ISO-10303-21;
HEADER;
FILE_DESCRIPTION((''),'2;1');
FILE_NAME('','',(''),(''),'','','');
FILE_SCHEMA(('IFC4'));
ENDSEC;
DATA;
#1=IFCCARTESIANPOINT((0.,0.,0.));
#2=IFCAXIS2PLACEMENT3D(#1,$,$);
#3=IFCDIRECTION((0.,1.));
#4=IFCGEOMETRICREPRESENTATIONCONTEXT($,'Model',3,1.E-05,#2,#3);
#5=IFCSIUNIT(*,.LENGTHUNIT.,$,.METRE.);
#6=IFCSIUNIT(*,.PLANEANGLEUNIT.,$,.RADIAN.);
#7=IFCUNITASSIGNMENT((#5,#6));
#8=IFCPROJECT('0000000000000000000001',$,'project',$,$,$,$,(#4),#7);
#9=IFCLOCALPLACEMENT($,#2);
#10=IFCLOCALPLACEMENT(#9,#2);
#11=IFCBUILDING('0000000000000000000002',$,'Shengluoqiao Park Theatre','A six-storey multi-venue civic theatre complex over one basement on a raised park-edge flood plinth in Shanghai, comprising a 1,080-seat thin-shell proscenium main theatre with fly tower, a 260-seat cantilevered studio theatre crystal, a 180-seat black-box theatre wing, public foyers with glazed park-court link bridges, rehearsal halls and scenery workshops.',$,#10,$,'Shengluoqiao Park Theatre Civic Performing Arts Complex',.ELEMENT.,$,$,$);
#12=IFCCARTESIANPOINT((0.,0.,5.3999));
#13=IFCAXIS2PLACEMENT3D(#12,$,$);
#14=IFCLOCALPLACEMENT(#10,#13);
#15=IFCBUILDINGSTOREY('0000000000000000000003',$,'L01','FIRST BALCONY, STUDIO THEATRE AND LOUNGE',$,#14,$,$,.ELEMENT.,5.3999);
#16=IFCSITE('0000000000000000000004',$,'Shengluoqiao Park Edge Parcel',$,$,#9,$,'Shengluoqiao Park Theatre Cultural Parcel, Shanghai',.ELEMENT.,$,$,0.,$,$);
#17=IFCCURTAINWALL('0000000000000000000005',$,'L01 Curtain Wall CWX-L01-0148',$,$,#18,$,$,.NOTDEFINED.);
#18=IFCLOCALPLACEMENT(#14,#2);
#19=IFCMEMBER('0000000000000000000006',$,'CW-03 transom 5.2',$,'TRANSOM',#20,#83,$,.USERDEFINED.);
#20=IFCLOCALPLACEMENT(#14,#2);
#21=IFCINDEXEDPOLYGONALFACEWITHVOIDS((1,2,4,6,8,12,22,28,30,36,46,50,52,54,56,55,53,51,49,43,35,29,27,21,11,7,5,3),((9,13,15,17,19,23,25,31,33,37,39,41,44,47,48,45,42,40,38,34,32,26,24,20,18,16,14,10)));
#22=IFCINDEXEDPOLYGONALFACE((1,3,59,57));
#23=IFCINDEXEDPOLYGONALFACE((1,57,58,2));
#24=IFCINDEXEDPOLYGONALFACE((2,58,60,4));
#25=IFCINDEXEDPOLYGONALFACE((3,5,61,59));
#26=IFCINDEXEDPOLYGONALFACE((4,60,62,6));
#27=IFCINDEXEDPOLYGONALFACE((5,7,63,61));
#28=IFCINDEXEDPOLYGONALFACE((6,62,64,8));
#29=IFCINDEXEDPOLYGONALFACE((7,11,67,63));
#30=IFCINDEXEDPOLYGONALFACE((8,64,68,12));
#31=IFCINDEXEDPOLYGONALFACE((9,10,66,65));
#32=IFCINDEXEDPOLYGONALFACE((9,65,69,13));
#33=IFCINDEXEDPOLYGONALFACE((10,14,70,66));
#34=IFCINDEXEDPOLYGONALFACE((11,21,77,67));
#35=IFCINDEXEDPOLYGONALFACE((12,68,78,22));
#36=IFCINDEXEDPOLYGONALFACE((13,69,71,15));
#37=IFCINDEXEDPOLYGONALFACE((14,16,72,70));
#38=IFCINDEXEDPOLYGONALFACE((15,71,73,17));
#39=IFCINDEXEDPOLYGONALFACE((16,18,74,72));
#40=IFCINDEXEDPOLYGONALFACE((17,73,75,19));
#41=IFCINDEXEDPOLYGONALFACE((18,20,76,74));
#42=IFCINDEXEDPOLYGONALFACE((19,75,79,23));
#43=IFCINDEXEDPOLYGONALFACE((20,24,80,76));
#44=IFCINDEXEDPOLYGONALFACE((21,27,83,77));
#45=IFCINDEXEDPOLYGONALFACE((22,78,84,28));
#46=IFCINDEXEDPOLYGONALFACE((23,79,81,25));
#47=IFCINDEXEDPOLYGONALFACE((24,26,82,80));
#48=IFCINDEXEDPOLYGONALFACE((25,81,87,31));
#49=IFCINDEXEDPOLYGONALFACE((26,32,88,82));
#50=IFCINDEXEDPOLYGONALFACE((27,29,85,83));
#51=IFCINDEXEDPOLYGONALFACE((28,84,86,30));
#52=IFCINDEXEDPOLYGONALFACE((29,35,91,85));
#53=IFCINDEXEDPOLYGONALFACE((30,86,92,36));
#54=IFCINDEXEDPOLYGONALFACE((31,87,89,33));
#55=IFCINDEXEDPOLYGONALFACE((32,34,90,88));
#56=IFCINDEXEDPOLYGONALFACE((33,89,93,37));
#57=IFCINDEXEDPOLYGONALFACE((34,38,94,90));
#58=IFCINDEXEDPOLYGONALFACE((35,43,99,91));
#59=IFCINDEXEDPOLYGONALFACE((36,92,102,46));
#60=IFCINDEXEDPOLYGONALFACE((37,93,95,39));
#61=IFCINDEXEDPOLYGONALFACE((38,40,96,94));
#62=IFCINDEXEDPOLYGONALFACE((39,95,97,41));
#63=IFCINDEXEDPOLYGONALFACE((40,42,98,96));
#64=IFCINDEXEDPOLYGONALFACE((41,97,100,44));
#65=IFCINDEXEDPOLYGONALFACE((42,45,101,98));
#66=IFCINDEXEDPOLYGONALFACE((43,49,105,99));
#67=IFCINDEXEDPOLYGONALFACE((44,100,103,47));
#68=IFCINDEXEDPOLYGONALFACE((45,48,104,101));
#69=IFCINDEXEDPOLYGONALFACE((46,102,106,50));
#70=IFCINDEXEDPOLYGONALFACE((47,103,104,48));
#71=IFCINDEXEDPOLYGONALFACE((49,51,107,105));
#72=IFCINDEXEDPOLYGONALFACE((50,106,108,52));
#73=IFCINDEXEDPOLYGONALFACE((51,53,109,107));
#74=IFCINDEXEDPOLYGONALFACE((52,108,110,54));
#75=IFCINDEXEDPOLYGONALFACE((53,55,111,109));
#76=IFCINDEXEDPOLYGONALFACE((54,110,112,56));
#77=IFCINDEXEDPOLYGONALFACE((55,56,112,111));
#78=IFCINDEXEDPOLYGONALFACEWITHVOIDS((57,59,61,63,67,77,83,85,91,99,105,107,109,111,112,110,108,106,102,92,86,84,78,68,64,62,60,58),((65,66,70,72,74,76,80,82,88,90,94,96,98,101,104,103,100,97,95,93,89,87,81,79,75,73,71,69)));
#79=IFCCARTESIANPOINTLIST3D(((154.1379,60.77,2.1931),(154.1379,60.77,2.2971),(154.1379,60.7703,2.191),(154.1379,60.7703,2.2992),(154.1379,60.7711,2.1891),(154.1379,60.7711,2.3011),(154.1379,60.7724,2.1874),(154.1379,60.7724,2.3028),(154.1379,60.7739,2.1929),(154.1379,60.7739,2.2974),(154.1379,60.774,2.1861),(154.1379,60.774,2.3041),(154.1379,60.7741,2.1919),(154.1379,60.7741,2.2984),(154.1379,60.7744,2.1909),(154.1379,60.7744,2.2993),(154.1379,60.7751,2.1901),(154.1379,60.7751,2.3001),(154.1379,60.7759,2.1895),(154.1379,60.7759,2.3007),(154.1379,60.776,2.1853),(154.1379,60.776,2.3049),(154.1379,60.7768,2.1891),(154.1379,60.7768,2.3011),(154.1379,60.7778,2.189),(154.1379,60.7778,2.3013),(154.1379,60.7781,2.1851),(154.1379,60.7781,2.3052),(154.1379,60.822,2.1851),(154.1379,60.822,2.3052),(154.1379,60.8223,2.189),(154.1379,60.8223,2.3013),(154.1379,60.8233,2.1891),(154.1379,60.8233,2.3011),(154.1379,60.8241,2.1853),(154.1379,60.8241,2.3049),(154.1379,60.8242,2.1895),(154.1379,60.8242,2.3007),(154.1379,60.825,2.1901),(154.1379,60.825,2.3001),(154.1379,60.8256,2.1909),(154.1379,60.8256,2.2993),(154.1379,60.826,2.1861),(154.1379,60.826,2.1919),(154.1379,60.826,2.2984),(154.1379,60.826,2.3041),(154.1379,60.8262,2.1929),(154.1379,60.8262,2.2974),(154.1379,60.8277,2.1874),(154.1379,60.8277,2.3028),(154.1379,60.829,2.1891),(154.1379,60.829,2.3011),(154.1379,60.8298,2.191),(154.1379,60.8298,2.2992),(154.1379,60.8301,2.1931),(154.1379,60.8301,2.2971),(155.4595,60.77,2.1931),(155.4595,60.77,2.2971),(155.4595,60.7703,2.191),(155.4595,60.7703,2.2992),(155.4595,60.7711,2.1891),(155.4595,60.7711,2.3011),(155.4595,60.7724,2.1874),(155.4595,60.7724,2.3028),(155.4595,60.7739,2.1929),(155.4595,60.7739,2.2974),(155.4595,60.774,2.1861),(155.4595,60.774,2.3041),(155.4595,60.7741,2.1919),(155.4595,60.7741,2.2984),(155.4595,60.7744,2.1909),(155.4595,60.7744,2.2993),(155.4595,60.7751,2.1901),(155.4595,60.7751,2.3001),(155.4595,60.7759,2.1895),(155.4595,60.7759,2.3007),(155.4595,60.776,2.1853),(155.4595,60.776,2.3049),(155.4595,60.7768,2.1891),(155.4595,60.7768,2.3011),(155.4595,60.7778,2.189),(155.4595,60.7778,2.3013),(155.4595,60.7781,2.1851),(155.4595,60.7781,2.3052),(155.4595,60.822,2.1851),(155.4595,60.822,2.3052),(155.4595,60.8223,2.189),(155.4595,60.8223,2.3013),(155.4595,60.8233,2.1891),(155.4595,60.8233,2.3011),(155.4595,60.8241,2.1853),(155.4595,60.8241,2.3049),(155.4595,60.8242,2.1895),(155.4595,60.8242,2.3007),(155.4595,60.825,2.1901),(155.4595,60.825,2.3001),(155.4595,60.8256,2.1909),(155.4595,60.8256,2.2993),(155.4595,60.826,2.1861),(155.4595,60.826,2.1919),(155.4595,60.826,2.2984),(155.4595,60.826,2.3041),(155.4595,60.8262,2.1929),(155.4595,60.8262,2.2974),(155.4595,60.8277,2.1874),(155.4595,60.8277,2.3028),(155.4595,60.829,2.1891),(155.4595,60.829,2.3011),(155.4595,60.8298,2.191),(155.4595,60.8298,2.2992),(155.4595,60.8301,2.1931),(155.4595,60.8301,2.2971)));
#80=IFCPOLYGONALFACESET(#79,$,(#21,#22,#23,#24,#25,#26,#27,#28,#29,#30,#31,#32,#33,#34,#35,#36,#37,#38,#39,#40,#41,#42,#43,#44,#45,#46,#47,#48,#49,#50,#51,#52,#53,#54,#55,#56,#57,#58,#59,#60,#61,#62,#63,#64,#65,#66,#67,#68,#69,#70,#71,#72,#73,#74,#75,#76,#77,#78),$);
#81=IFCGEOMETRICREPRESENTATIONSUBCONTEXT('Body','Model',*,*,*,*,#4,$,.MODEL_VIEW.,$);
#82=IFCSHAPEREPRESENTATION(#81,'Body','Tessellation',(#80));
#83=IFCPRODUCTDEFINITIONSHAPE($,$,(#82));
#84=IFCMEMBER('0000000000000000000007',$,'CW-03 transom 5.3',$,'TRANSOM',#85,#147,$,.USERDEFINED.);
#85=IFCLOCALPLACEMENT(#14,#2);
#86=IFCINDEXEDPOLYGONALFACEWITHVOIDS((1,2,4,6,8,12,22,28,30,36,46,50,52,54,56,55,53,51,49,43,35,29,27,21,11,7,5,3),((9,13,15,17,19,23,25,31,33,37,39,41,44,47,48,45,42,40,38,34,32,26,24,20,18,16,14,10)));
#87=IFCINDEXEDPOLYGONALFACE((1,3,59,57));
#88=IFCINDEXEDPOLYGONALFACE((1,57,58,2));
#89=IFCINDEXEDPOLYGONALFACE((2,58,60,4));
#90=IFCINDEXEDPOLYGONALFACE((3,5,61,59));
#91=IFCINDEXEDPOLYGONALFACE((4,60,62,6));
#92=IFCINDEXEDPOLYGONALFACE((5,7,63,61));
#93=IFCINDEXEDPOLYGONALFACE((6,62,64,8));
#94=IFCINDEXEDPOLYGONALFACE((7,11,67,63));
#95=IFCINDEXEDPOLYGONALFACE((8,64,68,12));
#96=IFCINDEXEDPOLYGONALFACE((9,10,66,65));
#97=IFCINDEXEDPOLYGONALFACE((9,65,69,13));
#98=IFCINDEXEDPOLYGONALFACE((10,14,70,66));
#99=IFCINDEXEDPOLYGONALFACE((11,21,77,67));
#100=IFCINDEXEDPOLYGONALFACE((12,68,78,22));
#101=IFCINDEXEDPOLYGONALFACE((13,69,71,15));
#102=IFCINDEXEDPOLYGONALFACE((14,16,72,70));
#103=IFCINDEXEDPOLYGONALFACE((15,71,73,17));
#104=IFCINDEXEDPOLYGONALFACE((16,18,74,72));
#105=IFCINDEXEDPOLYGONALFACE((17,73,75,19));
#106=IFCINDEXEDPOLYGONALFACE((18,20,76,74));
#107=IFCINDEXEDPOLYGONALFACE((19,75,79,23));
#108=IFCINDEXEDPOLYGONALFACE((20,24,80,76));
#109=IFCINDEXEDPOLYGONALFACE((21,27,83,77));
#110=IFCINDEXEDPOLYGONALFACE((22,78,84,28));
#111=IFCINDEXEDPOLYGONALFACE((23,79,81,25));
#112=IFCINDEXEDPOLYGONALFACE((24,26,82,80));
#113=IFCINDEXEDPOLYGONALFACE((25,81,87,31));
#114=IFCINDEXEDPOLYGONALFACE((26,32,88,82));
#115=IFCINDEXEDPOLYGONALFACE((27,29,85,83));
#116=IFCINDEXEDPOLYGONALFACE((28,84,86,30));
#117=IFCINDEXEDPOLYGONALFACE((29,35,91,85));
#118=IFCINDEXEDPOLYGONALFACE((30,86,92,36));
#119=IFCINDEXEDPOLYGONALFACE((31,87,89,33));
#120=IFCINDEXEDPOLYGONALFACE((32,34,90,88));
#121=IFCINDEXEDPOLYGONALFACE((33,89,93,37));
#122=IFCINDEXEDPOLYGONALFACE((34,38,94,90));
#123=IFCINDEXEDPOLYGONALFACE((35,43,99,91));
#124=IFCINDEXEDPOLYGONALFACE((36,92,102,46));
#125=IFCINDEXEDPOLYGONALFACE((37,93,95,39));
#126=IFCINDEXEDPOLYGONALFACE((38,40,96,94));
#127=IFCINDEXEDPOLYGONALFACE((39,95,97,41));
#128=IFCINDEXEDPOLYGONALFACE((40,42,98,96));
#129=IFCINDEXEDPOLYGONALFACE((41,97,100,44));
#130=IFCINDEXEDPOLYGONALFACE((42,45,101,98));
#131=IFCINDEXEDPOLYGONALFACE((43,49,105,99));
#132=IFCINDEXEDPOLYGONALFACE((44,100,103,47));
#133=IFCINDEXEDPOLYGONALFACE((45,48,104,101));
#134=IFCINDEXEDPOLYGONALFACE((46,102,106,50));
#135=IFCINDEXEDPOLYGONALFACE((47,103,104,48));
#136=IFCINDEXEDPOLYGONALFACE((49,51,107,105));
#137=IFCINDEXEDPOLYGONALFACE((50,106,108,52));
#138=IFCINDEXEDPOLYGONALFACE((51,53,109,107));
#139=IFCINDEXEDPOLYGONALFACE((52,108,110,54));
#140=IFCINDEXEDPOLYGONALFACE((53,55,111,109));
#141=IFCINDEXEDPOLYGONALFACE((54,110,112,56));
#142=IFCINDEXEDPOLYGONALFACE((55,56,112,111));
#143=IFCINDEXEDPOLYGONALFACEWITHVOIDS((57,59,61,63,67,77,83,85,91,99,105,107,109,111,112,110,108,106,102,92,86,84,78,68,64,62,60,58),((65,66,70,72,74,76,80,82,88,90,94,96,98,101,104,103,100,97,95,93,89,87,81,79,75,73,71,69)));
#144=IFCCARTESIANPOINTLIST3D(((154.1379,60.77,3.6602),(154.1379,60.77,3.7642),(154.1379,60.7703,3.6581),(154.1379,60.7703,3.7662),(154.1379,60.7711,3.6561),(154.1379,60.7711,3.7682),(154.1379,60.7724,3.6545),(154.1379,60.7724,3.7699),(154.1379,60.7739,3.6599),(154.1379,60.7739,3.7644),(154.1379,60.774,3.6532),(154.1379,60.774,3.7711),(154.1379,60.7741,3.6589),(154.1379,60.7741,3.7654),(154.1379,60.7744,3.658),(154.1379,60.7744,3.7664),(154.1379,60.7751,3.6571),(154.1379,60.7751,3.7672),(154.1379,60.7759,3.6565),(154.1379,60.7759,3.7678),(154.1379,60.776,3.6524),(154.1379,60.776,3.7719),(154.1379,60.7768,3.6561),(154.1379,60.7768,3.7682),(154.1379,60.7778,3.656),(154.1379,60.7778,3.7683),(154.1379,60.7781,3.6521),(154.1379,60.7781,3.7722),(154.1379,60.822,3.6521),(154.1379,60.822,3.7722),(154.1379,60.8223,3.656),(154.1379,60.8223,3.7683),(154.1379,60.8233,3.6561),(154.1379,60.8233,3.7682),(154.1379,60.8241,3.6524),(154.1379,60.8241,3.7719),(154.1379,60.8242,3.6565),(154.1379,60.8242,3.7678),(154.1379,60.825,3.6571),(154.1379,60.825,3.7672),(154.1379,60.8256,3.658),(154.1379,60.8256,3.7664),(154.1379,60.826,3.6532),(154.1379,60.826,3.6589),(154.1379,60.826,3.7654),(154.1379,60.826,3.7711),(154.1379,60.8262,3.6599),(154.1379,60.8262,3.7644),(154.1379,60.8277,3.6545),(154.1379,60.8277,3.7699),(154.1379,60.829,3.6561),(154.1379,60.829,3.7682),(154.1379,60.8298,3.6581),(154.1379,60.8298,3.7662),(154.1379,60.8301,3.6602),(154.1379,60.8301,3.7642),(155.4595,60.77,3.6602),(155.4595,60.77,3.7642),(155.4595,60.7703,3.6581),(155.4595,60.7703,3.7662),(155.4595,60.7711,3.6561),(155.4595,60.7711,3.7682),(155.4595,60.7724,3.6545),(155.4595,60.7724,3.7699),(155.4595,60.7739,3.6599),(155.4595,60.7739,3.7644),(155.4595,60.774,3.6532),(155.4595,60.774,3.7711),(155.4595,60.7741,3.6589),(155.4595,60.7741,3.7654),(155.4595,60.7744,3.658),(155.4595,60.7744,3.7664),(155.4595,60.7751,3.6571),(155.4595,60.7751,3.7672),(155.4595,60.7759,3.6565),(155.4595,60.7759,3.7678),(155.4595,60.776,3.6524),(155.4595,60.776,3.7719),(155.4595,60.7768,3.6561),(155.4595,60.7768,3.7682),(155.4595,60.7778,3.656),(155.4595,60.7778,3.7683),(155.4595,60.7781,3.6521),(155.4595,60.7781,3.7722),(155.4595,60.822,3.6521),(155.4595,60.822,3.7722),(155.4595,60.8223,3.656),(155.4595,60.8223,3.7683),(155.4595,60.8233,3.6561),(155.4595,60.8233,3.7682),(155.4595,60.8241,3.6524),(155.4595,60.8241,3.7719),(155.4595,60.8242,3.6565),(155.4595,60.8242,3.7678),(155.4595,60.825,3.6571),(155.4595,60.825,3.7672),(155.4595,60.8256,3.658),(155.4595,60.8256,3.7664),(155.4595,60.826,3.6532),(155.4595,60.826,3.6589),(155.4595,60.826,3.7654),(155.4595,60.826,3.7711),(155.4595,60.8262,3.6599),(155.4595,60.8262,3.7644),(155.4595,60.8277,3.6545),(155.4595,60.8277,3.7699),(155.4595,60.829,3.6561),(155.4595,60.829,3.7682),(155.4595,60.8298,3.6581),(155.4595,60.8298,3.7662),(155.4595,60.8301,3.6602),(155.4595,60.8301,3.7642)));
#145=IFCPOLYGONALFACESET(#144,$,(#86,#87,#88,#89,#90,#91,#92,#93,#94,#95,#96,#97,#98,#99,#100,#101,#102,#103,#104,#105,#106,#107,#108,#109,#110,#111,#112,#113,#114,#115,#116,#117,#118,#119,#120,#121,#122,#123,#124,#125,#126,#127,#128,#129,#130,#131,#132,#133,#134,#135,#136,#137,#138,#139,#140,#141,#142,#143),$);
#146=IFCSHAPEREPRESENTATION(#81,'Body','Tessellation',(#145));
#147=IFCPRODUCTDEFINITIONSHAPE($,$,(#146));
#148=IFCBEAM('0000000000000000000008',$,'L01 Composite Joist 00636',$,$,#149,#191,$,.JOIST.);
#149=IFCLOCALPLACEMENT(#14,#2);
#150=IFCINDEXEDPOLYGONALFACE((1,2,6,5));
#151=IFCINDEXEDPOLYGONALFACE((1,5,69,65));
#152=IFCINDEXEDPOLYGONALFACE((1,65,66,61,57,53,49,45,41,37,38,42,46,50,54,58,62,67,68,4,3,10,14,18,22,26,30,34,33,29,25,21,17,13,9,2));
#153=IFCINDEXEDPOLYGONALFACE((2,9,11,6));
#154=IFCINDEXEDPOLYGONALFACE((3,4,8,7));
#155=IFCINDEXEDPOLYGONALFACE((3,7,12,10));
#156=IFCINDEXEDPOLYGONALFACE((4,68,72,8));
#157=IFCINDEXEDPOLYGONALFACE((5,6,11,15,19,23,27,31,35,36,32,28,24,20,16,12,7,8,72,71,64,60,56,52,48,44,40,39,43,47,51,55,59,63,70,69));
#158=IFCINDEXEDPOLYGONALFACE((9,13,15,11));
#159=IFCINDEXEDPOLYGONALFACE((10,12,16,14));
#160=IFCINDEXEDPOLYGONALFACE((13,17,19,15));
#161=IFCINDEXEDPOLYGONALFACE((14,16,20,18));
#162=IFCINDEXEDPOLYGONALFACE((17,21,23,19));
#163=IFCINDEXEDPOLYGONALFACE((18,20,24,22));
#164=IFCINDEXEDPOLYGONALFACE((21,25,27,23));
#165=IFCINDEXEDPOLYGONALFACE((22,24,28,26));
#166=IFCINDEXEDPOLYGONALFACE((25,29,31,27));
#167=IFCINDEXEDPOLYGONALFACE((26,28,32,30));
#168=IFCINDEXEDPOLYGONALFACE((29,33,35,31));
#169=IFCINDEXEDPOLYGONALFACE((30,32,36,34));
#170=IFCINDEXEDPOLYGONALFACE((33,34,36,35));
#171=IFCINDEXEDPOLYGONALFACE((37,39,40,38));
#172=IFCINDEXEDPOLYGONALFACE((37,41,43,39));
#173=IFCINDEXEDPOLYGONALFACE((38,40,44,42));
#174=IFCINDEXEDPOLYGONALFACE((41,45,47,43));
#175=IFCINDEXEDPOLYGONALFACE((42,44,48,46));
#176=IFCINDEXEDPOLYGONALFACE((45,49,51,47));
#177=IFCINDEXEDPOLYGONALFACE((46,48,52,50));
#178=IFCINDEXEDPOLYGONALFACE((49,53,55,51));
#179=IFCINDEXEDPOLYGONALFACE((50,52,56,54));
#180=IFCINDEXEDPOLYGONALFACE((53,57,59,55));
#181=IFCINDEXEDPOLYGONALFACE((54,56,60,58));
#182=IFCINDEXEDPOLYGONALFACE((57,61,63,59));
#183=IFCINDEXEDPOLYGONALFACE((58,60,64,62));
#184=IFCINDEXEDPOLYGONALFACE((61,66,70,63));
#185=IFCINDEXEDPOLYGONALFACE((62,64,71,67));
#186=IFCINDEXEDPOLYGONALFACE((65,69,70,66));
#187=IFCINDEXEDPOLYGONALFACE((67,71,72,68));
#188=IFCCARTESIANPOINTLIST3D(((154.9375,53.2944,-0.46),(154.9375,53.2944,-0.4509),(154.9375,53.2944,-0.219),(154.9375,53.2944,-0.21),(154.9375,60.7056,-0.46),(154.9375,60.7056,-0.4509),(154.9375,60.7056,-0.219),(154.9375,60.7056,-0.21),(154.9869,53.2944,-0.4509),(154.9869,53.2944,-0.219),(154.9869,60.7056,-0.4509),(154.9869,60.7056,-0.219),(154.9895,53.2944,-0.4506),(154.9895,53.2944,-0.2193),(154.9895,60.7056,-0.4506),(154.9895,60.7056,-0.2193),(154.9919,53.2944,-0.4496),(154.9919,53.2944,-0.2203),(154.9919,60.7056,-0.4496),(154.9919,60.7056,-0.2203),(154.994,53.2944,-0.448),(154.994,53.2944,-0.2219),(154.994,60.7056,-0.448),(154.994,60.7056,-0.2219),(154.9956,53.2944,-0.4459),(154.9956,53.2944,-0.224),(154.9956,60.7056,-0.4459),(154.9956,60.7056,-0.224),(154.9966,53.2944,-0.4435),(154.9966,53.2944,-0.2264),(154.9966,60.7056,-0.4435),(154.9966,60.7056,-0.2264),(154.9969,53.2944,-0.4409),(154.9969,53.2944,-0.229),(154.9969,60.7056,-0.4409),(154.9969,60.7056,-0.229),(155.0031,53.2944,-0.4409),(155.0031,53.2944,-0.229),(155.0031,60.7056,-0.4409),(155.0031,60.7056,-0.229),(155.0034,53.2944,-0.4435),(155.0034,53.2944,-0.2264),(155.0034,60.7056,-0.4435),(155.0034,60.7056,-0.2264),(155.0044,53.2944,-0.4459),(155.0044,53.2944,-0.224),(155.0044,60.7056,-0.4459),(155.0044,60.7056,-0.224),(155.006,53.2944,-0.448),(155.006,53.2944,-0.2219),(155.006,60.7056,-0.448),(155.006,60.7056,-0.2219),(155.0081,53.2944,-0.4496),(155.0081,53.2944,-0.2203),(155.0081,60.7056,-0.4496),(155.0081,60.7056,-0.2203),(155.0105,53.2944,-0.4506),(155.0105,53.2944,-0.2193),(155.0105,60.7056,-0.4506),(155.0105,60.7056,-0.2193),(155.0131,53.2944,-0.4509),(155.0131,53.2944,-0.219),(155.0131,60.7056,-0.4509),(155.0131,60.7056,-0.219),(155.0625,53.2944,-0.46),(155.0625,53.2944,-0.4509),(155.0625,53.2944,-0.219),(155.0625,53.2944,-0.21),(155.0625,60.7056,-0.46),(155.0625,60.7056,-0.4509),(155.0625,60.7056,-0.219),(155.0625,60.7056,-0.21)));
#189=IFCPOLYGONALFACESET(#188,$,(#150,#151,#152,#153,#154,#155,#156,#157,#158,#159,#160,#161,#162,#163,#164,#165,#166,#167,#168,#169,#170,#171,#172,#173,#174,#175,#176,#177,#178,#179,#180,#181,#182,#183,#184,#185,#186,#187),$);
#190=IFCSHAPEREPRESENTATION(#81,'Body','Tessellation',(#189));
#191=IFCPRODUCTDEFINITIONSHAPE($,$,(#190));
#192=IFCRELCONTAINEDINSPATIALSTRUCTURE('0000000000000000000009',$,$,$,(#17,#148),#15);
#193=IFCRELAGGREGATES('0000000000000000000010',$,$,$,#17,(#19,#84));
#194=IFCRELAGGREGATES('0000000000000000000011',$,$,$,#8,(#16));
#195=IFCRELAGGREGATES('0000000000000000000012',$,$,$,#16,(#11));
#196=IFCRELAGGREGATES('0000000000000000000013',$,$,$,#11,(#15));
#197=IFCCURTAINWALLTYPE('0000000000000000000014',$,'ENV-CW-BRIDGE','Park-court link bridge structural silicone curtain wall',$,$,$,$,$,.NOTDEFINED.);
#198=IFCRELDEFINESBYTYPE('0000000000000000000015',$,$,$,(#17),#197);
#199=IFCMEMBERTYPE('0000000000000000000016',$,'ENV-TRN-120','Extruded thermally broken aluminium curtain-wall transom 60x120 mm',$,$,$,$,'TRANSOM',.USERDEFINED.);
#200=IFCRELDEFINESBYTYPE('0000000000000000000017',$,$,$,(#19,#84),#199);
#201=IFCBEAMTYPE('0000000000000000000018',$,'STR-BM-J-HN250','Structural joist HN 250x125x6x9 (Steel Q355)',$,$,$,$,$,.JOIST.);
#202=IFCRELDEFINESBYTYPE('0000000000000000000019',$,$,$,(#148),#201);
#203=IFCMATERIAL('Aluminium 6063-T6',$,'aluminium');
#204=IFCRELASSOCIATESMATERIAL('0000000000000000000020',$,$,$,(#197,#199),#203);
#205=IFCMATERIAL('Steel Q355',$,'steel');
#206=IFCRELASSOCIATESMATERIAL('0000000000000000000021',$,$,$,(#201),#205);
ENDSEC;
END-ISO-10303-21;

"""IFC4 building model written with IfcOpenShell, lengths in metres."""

from ifc_helpers import new_model, si_unit, direction, frame, origin, origin_2d, place, context, subcontext, project, spatial, hollow_rectangle, i_section, extrude, material, material_profile, profile_set, type_object, element, aggregate, save


model = new_model("IFC4")

# Units and contexts
model_context = context("Model", 3, precision=1e-05, world=origin(), true_north=direction((0.0, 1.0)))
body_context = subcontext(model_context, "Body", "Model", "MODEL_VIEW")
ifc_project = project(units=[si_unit("LENGTHUNIT", "METRE"), si_unit("PLANEANGLEUNIT", "RADIAN")], contexts=[model_context])

# Site, building, storey
site_placement = place(None, origin())
site = spatial("IfcSite", under=ifc_project, at=site_placement, Name="Shengluoqiao Park Edge Parcel", LongName="Shengluoqiao Park Theatre Cultural Parcel, Shanghai", CompositionType="ELEMENT", RefElevation=0.0)
building_placement = place(site_placement, origin())
building = spatial("IfcBuilding", under=site, at=building_placement, Name="Shengluoqiao Park Theatre", Description="A six-storey multi-venue civic theatre complex over one basement on a raised park-edge flood plinth in Shanghai, comprising a 1,080-seat thin-shell proscenium main theatre with fly tower, a 260-seat cantilevered studio theatre crystal, a 180-seat black-box theatre wing, public foyers with glazed park-court link bridges, rehearsal halls and scenery workshops.", LongName="Shengluoqiao Park Theatre Civic Performing Arts Complex", CompositionType="ELEMENT")
storey_placement = place(building_placement, frame((0.0, 0.0, 5.3999)))
storey = spatial("IfcBuildingStorey", under=building, at=storey_placement, Name="L01", Description="FIRST BALCONY, STUDIO THEATRE AND LOUNGE", CompositionType="ELEMENT", Elevation=5.3999)

# Curtain wall, members
ifc_material_1 = material(Name="Aluminium 6063-T6", Category="aluminium")
curtain_wall_type = type_object("IfcCurtainWallType", Name="ENV-CW-BRIDGE", Description="Park-court link bridge structural silicone curtain wall", PredefinedType="NOTDEFINED", material=ifc_material_1)
curtain_wall_placement = place(storey_placement, origin())
curtain_wall = element("IfcCurtainWall", 1, at=curtain_wall_placement, inside=storey, type_object=curtain_wall_type, Name="L01 Curtain Wall CWX-L01-0148", PredefinedType="NOTDEFINED")
ifc_material_profile_1 = material_profile(ifc_material_1, hollow_rectangle(XDim=0.0601, YDim=0.1201, WallThickness=0.0039, InnerFilletRadius=0.0039, OuterFilletRadius=0.0081, at=origin_2d()), Name="ALU TRANSOM 120x60x4")
ifc_profile_set_1 = profile_set([ifc_material_profile_1], Name="Aluminium 6063-T6")
member_type_1 = type_object("IfcMemberType", Name="ENV-TRN-120", Description="Extruded thermally broken aluminium curtain-wall transom 60x120 mm", ElementType="TRANSOM", PredefinedType="USERDEFINED", material=ifc_profile_set_1)
member_1_placement = place(storey_placement, frame((154.1379, 60.8, 2.2451), z_axis=(1.0, 0.0, 0.0), x_axis=(0.0, 1.0, 0.0)))
member_1 = element("IfcMember", 2, at=member_1_placement, type_object=member_type_1, Name="CW-03 transom 5.2", ObjectType="TRANSOM", PredefinedType="USERDEFINED", context=body_context, shape_type="SweptSolid", body=[
    extrude(hollow_rectangle(XDim=0.0601, YDim=0.1201, WallThickness=0.0039, InnerFilletRadius=0.0039, OuterFilletRadius=0.0081, at=origin_2d()), origin(), (0.0, 0.0, 1.0), 1.3215),
])
member_2_placement = place(storey_placement, frame((154.1379, 60.8, 3.7122), z_axis=(1.0, 0.0, 0.0), x_axis=(0.0, 1.0, 0.0)))
member_2 = element("IfcMember", 3, at=member_2_placement, type_object=member_type_1, Name="CW-03 transom 5.3", ObjectType="TRANSOM", PredefinedType="USERDEFINED", context=body_context, shape_type="SweptSolid", body=[
    extrude(hollow_rectangle(XDim=0.0601, YDim=0.1201, WallThickness=0.0039, InnerFilletRadius=0.0039, OuterFilletRadius=0.0081, at=origin_2d()), origin(), (0.0, 0.0, 1.0), 1.3215),
])

# Beam
ifc_material_2 = material(Name="Steel Q355", Category="steel")
ifc_material_profile_2 = material_profile(ifc_material_2, i_section(OverallWidth=0.125, OverallDepth=0.25, WebThickness=0.0061, FlangeThickness=0.009, FilletRadius=0.01, at=origin_2d()), Name="HN 250x125x6x9")
ifc_profile_set_2 = profile_set([ifc_material_profile_2], Name="Steel Q355")
beam_type = type_object("IfcBeamType", Name="STR-BM-J-HN250", Description="Structural joist HN 250x125x6x9 (Steel Q355)", PredefinedType="JOIST", material=ifc_profile_set_2)
beam_placement = place(storey_placement, frame((155.0, 53.2944, -0.335), z_axis=(0.0, 1.0, 0.0), x_axis=(-1.0, 0.0, 0.0)))
element("IfcBeam", 4, at=beam_placement, inside=storey, type_object=beam_type, Name="L01 Composite Joist 00636", PredefinedType="JOIST", context=body_context, shape_type="SweptSolid", body=[
    extrude(i_section(OverallWidth=0.125, OverallDepth=0.25, WebThickness=0.0061, FlangeThickness=0.009, FilletRadius=0.01, at=origin_2d()), origin(), (0.0, 0.0, 1.0), 7.4111),
])

aggregate(curtain_wall, [member_1, member_2])

save(model, "model.ifc")
